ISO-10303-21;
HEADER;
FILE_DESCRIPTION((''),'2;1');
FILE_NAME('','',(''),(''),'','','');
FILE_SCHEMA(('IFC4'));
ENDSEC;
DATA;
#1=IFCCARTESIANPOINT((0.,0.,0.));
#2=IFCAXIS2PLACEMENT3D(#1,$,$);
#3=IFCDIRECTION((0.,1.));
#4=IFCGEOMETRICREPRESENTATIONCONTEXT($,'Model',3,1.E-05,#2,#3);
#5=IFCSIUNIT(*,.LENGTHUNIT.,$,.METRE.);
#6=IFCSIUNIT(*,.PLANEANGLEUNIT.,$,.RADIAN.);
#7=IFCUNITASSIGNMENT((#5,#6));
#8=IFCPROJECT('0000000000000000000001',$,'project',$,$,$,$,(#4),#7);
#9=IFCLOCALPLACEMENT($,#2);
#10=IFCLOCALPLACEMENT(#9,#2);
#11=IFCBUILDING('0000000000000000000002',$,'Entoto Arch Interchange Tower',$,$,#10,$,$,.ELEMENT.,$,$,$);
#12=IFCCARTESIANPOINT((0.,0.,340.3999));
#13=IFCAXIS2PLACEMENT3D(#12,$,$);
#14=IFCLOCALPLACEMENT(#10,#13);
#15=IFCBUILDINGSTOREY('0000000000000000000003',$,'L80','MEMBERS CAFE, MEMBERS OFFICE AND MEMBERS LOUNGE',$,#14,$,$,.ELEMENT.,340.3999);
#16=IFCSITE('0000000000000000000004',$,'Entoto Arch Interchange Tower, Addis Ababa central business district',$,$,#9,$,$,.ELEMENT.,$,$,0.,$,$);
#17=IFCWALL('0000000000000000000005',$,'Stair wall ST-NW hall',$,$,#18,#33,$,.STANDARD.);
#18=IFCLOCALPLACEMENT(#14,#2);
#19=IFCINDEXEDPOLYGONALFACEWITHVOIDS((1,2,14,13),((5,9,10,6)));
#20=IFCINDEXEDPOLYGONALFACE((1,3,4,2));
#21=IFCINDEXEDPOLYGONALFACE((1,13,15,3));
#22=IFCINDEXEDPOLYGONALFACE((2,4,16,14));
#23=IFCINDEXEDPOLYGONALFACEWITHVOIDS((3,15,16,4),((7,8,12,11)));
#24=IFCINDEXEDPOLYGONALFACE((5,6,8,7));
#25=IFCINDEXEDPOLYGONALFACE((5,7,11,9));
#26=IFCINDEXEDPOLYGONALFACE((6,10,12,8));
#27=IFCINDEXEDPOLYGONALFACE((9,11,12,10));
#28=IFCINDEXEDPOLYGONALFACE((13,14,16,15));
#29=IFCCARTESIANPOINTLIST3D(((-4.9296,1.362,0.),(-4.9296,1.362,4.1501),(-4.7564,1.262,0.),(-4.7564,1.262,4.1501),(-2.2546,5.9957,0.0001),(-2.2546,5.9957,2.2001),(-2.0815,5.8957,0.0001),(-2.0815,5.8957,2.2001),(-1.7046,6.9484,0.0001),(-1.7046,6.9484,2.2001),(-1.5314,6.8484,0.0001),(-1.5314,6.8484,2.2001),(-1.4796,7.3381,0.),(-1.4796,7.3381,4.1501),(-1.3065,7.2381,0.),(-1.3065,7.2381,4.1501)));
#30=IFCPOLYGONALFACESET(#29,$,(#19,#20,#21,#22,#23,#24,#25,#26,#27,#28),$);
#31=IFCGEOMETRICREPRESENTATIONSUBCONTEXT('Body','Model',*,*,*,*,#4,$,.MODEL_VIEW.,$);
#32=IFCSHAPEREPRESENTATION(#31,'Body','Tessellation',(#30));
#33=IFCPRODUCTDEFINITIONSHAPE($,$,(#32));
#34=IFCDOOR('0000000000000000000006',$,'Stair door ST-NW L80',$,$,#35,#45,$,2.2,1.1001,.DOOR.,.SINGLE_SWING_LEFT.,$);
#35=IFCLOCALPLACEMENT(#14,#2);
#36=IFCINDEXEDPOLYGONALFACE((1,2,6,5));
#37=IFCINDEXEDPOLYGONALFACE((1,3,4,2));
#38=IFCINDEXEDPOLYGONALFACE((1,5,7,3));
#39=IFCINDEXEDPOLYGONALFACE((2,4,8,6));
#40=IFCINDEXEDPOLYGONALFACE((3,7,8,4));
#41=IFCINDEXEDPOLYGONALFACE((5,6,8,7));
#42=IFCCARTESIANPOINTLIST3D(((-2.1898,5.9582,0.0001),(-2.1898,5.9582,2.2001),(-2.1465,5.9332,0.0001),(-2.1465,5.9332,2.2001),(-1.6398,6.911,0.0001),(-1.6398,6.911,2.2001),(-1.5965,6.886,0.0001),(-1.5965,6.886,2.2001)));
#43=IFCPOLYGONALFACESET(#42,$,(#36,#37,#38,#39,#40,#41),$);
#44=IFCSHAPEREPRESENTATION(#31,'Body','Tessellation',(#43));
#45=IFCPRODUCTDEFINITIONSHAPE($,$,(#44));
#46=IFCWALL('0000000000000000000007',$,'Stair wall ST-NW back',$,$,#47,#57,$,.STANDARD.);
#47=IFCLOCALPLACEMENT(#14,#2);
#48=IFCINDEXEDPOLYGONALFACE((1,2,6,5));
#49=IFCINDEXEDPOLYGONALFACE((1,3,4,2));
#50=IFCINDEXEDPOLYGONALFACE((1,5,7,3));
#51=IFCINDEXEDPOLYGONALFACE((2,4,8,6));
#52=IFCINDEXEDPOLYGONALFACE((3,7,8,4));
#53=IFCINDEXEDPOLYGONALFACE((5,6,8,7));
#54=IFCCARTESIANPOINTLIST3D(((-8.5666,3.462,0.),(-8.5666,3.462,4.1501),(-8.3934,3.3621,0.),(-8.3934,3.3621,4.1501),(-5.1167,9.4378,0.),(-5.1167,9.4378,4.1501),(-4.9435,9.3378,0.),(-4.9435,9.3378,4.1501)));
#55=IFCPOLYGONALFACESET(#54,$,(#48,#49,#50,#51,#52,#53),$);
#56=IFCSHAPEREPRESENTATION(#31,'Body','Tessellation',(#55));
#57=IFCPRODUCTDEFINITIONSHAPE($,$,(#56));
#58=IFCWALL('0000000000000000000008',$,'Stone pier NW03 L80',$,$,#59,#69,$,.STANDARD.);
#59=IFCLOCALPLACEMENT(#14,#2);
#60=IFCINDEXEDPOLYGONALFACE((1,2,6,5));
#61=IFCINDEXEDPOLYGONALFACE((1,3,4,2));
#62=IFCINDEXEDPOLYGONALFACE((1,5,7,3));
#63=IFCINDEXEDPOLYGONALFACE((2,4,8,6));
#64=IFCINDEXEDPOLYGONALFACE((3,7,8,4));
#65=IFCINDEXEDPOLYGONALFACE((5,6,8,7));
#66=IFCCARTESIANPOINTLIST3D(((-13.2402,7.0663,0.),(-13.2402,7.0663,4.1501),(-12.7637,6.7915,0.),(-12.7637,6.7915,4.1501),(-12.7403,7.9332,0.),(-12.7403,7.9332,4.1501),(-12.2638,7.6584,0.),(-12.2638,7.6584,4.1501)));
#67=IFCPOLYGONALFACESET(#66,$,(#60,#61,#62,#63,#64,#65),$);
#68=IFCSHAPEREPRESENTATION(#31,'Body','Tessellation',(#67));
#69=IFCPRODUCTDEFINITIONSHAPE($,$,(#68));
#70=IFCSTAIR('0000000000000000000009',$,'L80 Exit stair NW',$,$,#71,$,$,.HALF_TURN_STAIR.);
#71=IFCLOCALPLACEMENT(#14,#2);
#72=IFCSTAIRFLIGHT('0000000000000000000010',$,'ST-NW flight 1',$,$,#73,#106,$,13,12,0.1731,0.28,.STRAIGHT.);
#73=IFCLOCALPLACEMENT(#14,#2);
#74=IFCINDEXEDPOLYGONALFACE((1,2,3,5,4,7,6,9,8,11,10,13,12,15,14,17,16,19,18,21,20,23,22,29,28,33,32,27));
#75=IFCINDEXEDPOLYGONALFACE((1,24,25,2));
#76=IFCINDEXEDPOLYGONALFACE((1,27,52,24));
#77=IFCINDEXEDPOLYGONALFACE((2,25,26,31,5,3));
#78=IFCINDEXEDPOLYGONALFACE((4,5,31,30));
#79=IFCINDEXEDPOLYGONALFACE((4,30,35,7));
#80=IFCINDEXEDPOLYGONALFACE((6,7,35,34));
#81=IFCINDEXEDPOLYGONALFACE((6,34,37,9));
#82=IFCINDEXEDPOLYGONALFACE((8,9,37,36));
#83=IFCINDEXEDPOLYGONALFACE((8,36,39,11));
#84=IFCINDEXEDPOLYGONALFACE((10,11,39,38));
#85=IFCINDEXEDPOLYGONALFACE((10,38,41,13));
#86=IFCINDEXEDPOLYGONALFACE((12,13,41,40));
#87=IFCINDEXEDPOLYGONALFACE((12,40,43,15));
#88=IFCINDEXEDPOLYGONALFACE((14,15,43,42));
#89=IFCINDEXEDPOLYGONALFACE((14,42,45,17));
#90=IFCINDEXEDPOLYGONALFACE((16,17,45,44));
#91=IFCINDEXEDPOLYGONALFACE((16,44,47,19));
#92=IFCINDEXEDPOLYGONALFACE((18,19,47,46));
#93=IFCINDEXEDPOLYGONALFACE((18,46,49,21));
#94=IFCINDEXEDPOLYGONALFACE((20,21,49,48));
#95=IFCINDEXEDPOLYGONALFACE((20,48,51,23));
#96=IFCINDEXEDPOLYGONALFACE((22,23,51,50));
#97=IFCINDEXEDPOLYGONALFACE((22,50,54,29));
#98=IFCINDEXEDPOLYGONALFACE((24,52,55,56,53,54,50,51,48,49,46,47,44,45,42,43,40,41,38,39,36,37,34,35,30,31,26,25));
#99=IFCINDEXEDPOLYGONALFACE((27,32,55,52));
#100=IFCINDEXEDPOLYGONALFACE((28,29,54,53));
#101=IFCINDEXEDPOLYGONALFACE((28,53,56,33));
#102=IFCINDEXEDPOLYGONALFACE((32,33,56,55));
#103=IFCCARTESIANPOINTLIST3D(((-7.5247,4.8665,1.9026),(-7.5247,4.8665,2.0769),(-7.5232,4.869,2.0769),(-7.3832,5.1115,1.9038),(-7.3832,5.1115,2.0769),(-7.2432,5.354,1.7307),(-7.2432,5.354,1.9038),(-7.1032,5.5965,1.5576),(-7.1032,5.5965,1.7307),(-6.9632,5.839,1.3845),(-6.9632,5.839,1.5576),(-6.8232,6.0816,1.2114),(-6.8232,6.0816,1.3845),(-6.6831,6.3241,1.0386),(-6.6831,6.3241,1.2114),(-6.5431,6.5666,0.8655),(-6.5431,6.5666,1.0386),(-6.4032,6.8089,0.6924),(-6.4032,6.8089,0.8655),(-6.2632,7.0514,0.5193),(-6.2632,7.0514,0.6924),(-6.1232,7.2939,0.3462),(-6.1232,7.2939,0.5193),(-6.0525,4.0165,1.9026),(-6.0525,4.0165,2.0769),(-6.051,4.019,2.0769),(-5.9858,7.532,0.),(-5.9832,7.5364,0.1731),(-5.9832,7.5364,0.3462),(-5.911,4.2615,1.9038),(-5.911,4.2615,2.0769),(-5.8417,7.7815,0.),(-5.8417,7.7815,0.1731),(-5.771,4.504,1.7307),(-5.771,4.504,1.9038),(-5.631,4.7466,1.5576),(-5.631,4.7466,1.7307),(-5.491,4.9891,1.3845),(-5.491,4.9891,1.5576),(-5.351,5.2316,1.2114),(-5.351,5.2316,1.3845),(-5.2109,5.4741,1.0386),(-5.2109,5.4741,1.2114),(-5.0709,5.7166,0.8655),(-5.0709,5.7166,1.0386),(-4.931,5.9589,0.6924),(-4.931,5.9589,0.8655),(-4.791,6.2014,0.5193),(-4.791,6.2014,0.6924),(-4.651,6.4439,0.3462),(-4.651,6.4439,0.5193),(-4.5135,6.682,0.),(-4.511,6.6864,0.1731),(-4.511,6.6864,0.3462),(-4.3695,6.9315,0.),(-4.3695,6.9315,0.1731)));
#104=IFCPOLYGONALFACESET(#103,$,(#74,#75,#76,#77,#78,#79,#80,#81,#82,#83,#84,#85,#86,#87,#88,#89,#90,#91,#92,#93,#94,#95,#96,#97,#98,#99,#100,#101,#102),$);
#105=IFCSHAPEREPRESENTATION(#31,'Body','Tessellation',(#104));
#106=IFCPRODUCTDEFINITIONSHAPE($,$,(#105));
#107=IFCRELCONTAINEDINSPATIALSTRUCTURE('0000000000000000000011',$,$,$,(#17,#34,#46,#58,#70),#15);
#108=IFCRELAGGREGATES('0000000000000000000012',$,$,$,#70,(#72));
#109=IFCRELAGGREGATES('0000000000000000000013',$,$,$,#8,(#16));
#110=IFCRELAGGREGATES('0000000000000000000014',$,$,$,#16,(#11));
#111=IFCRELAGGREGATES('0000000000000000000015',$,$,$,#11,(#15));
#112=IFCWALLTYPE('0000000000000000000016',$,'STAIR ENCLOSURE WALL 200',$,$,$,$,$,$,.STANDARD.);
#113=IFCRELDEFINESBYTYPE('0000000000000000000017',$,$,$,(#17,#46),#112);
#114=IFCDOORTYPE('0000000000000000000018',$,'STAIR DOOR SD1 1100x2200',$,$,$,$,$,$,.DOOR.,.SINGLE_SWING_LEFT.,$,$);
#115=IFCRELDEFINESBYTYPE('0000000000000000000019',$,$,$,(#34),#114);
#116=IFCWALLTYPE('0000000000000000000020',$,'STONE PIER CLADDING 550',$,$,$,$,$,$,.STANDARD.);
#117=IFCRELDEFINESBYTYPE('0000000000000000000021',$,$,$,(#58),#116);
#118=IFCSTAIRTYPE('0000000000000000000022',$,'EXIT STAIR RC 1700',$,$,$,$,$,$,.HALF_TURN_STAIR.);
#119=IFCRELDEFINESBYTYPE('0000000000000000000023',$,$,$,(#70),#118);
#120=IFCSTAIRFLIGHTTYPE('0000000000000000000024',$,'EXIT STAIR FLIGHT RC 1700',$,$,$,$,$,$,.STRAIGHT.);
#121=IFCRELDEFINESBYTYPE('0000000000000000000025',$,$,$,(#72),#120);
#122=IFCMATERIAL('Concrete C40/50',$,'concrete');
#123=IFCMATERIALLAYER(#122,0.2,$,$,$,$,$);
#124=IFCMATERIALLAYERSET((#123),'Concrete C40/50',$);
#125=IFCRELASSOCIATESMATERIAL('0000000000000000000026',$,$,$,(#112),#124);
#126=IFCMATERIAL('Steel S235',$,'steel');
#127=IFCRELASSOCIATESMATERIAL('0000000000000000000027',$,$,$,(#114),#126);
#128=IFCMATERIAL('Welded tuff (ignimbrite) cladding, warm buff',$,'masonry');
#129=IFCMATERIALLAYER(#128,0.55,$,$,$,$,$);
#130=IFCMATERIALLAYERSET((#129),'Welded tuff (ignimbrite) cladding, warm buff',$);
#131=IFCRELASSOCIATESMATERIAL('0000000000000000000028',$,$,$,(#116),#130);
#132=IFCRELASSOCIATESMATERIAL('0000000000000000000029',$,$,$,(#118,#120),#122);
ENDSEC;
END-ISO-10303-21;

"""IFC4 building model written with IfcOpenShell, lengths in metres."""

from ifc_helpers import new_model, si_unit, direction, frame, frame_2d, origin, place, context, subcontext, project, spatial, polyline, rectangle, outline, extrude, material, layer, layer_set, type_object, element, fill, aggregate, save


model = new_model("IFC4")

# Units and contexts
model_context = context("Model", 3, precision=1e-05, world=origin(), true_north=direction((0.0, 1.0)))
body_context = subcontext(model_context, "Body", "Model", "MODEL_VIEW")
ifc_project = project(units=[si_unit("LENGTHUNIT", "METRE"), si_unit("PLANEANGLEUNIT", "RADIAN")], contexts=[model_context])

# Site, building, storey
site_placement = place(None, origin())
site = spatial("IfcSite", under=ifc_project, at=site_placement, Name="Entoto Arch Interchange Tower, Addis Ababa central business district", CompositionType="ELEMENT", RefElevation=0.0)
building_placement = place(site_placement, origin())
building = spatial("IfcBuilding", under=site, at=building_placement, Name="Entoto Arch Interchange Tower", CompositionType="ELEMENT")
storey_placement = place(building_placement, frame((0.0, 0.0, 340.3999)))
storey = spatial("IfcBuildingStorey", under=building, at=storey_placement, Name="L80", Description="MEMBERS CAFE, MEMBERS OFFICE AND MEMBERS LOUNGE", CompositionType="ELEMENT", Elevation=340.3999)

# Shared definitions
ifc_material_1 = material(Name="Concrete C40/50", Category="concrete")

# Wall, opening, door
ifc_layer_1 = layer(ifc_material_1, 0.2)
ifc_layer_set_1 = layer_set([ifc_layer_1], Name="Concrete C40/50")
wall_type_1 = type_object("IfcWallType", Name="STAIR ENCLOSURE WALL 200", PredefinedType="STANDARD", material=ifc_layer_set_1)
ifc_material_2 = material(Name="Steel S235", Category="steel")
door_type_1 = type_object("IfcDoorType", Name="STAIR DOOR SD1 1100x2200", OperationType="SINGLE_SWING_LEFT", PredefinedType="DOOR", material=ifc_material_2)
wall_1_placement = place(storey_placement, frame((-1.3931, 7.2881, 0.0), z_axis=(0.0, 0.0, 1.0), x_axis=(-0.499963, -0.866047, 0.0)))
wall_1 = element("IfcWall", 1, at=wall_1_placement, inside=storey, type_object=wall_type_1, Name="Stair wall ST-NW hall", PredefinedType="STANDARD", context=body_context, shape_type="SweptSolid", body=[
    extrude(rectangle(XDim=6.9004, YDim=0.2, at=frame_2d((3.4502, 0.0))), origin(), (0.0, 0.0, 1.0), 4.1501),
])
opening_1_placement = place(wall_1_placement, frame((0.45, 0.0, 0.0)))
opening_1 = element("IfcOpeningElement", 2, at=opening_1_placement, cuts=wall_1, PredefinedType="OPENING", context=body_context, shape_type="SweptSolid", body=[
    extrude(rectangle(XDim=1.1001, YDim=2.2, at=frame_2d((0.55, 1.1001))), frame((0.0, 0.1099, 0.0), z_axis=(0.0, -1.0, 0.0), x_axis=(1.0, 0.0, 0.0)), (0.0, 0.0, 1.0), 0.22),
])
door_1_placement = place(opening_1_placement, origin())
door_1 = element("IfcDoor", 3, at=door_1_placement, inside=storey, type_object=door_type_1, Name="Stair door ST-NW L80", OperationType="SINGLE_SWING_LEFT", OverallHeight=2.2, OverallWidth=1.1001, PredefinedType="DOOR", context=body_context, shape_type="SweptSolid", body=[
    extrude(rectangle(XDim=1.1001, YDim=2.2, at=frame_2d((0.55, 1.1001))), frame((0.0, 0.0249, 0.0), z_axis=(0.0, -1.0, 0.0), x_axis=(1.0, 0.0, 0.0)), (0.0, 0.0, 1.0), 0.05),
])
fill(opening_1, door_1)

# Walls
wall_2_placement = place(storey_placement, frame((-5.03, 9.3879, 0.0), z_axis=(0.0, 0.0, 1.0), x_axis=(-0.499979, -0.866038, 0.0)))
element("IfcWall", 4, at=wall_2_placement, inside=storey, type_object=wall_type_1, Name="Stair wall ST-NW back", PredefinedType="STANDARD", context=body_context, shape_type="SweptSolid", body=[
    extrude(rectangle(XDim=6.9001, YDim=0.2, at=frame_2d((3.4502, 0.0))), origin(), (0.0, 0.0, 1.0), 4.1501),
])
ifc_material_3 = material(Name="Welded tuff (ignimbrite) cladding, warm buff", Category="masonry")
ifc_layer_2 = layer(ifc_material_3, 0.55)
ifc_layer_set_2 = layer_set([ifc_layer_2], Name="Welded tuff (ignimbrite) cladding, warm buff")
wall_type_2 = type_object("IfcWallType", Name="STONE PIER CLADDING 550", PredefinedType="STANDARD", material=ifc_layer_set_2)
wall_3_placement = place(storey_placement, frame((-12.502, 7.7959, 0.0), z_axis=(0.0, 0.0, 1.0), x_axis=(-0.499603, -0.866255, 0.0)))
element("IfcWall", 5, at=wall_3_placement, inside=storey, type_object=wall_type_2, Name="Stone pier NW03 L80", PredefinedType="STANDARD", context=body_context, shape_type="SweptSolid", body=[
    extrude(rectangle(XDim=1.0007, YDim=0.55, at=frame_2d((0.5005, 0.0))), origin(), (0.0, 0.0, 1.0), 4.1501),
])

# Stair, stair flight
stair_type = type_object("IfcStairType", Name="EXIT STAIR RC 1700", PredefinedType="HALF_TURN_STAIR", material=ifc_material_1)
stair_placement = place(storey_placement, origin())
stair = element("IfcStair", 6, at=stair_placement, inside=storey, type_object=stair_type, Name="L80 Exit stair NW", PredefinedType="HALF_TURN_STAIR")
stair_flight_type = type_object("IfcStairFlightType", Name="EXIT STAIR FLIGHT RC 1700", PredefinedType="STRAIGHT", material=ifc_material_1)
stair_flight_placement = place(storey_placement, frame((-5.1072, 7.354, 0.0), z_axis=(0.0, 0.0, 1.0), x_axis=(-0.5, -0.866025, 0.0)))
stair_flight = element("IfcStairFlight", 7, at=stair_flight_placement, type_object=stair_flight_type, Name="ST-NW flight 1", NumberOfRisers=13, NumberOfTreads=12, PredefinedType="STRAIGHT", RiserHeight=0.1731, TreadLength=0.28, context=body_context, shape_type="SweptSolid", body=[
    extrude(outline(polyline([(-0.0029, 0.0), (-0.0029, 0.1731), (0.28, 0.1731), (0.28, 0.3462), (0.5601, 0.3462), (0.5601, 0.5193), (0.8401, 0.5193), (0.8401, 0.6924), (1.1201, 0.6924), (1.1201, 0.8655), (1.3999, 0.8655), (1.3999, 1.0386), (1.6799, 1.0386), (1.6799, 1.2114), (1.96, 1.2114), (1.96, 1.3845), (2.24, 1.3845), (2.24, 1.5576), (2.52, 1.5576), (2.52, 1.7307), (2.8, 1.7307), (2.8, 1.9038), (3.0801, 1.9038), (3.0801, 2.0769), (3.3601, 2.0769), (3.363, 2.0769), (3.363, 1.9026), (0.2852, 0.0), (-0.0029, 0.0)])), frame((0.0, 0.8501, 0.0), z_axis=(0.0, -1.0, 0.0), x_axis=(1.0, 0.0, 0.0)), (0.0, 0.0, 1.0), 1.7),
])
aggregate(stair, [stair_flight])

save(model, "model.ifc")
